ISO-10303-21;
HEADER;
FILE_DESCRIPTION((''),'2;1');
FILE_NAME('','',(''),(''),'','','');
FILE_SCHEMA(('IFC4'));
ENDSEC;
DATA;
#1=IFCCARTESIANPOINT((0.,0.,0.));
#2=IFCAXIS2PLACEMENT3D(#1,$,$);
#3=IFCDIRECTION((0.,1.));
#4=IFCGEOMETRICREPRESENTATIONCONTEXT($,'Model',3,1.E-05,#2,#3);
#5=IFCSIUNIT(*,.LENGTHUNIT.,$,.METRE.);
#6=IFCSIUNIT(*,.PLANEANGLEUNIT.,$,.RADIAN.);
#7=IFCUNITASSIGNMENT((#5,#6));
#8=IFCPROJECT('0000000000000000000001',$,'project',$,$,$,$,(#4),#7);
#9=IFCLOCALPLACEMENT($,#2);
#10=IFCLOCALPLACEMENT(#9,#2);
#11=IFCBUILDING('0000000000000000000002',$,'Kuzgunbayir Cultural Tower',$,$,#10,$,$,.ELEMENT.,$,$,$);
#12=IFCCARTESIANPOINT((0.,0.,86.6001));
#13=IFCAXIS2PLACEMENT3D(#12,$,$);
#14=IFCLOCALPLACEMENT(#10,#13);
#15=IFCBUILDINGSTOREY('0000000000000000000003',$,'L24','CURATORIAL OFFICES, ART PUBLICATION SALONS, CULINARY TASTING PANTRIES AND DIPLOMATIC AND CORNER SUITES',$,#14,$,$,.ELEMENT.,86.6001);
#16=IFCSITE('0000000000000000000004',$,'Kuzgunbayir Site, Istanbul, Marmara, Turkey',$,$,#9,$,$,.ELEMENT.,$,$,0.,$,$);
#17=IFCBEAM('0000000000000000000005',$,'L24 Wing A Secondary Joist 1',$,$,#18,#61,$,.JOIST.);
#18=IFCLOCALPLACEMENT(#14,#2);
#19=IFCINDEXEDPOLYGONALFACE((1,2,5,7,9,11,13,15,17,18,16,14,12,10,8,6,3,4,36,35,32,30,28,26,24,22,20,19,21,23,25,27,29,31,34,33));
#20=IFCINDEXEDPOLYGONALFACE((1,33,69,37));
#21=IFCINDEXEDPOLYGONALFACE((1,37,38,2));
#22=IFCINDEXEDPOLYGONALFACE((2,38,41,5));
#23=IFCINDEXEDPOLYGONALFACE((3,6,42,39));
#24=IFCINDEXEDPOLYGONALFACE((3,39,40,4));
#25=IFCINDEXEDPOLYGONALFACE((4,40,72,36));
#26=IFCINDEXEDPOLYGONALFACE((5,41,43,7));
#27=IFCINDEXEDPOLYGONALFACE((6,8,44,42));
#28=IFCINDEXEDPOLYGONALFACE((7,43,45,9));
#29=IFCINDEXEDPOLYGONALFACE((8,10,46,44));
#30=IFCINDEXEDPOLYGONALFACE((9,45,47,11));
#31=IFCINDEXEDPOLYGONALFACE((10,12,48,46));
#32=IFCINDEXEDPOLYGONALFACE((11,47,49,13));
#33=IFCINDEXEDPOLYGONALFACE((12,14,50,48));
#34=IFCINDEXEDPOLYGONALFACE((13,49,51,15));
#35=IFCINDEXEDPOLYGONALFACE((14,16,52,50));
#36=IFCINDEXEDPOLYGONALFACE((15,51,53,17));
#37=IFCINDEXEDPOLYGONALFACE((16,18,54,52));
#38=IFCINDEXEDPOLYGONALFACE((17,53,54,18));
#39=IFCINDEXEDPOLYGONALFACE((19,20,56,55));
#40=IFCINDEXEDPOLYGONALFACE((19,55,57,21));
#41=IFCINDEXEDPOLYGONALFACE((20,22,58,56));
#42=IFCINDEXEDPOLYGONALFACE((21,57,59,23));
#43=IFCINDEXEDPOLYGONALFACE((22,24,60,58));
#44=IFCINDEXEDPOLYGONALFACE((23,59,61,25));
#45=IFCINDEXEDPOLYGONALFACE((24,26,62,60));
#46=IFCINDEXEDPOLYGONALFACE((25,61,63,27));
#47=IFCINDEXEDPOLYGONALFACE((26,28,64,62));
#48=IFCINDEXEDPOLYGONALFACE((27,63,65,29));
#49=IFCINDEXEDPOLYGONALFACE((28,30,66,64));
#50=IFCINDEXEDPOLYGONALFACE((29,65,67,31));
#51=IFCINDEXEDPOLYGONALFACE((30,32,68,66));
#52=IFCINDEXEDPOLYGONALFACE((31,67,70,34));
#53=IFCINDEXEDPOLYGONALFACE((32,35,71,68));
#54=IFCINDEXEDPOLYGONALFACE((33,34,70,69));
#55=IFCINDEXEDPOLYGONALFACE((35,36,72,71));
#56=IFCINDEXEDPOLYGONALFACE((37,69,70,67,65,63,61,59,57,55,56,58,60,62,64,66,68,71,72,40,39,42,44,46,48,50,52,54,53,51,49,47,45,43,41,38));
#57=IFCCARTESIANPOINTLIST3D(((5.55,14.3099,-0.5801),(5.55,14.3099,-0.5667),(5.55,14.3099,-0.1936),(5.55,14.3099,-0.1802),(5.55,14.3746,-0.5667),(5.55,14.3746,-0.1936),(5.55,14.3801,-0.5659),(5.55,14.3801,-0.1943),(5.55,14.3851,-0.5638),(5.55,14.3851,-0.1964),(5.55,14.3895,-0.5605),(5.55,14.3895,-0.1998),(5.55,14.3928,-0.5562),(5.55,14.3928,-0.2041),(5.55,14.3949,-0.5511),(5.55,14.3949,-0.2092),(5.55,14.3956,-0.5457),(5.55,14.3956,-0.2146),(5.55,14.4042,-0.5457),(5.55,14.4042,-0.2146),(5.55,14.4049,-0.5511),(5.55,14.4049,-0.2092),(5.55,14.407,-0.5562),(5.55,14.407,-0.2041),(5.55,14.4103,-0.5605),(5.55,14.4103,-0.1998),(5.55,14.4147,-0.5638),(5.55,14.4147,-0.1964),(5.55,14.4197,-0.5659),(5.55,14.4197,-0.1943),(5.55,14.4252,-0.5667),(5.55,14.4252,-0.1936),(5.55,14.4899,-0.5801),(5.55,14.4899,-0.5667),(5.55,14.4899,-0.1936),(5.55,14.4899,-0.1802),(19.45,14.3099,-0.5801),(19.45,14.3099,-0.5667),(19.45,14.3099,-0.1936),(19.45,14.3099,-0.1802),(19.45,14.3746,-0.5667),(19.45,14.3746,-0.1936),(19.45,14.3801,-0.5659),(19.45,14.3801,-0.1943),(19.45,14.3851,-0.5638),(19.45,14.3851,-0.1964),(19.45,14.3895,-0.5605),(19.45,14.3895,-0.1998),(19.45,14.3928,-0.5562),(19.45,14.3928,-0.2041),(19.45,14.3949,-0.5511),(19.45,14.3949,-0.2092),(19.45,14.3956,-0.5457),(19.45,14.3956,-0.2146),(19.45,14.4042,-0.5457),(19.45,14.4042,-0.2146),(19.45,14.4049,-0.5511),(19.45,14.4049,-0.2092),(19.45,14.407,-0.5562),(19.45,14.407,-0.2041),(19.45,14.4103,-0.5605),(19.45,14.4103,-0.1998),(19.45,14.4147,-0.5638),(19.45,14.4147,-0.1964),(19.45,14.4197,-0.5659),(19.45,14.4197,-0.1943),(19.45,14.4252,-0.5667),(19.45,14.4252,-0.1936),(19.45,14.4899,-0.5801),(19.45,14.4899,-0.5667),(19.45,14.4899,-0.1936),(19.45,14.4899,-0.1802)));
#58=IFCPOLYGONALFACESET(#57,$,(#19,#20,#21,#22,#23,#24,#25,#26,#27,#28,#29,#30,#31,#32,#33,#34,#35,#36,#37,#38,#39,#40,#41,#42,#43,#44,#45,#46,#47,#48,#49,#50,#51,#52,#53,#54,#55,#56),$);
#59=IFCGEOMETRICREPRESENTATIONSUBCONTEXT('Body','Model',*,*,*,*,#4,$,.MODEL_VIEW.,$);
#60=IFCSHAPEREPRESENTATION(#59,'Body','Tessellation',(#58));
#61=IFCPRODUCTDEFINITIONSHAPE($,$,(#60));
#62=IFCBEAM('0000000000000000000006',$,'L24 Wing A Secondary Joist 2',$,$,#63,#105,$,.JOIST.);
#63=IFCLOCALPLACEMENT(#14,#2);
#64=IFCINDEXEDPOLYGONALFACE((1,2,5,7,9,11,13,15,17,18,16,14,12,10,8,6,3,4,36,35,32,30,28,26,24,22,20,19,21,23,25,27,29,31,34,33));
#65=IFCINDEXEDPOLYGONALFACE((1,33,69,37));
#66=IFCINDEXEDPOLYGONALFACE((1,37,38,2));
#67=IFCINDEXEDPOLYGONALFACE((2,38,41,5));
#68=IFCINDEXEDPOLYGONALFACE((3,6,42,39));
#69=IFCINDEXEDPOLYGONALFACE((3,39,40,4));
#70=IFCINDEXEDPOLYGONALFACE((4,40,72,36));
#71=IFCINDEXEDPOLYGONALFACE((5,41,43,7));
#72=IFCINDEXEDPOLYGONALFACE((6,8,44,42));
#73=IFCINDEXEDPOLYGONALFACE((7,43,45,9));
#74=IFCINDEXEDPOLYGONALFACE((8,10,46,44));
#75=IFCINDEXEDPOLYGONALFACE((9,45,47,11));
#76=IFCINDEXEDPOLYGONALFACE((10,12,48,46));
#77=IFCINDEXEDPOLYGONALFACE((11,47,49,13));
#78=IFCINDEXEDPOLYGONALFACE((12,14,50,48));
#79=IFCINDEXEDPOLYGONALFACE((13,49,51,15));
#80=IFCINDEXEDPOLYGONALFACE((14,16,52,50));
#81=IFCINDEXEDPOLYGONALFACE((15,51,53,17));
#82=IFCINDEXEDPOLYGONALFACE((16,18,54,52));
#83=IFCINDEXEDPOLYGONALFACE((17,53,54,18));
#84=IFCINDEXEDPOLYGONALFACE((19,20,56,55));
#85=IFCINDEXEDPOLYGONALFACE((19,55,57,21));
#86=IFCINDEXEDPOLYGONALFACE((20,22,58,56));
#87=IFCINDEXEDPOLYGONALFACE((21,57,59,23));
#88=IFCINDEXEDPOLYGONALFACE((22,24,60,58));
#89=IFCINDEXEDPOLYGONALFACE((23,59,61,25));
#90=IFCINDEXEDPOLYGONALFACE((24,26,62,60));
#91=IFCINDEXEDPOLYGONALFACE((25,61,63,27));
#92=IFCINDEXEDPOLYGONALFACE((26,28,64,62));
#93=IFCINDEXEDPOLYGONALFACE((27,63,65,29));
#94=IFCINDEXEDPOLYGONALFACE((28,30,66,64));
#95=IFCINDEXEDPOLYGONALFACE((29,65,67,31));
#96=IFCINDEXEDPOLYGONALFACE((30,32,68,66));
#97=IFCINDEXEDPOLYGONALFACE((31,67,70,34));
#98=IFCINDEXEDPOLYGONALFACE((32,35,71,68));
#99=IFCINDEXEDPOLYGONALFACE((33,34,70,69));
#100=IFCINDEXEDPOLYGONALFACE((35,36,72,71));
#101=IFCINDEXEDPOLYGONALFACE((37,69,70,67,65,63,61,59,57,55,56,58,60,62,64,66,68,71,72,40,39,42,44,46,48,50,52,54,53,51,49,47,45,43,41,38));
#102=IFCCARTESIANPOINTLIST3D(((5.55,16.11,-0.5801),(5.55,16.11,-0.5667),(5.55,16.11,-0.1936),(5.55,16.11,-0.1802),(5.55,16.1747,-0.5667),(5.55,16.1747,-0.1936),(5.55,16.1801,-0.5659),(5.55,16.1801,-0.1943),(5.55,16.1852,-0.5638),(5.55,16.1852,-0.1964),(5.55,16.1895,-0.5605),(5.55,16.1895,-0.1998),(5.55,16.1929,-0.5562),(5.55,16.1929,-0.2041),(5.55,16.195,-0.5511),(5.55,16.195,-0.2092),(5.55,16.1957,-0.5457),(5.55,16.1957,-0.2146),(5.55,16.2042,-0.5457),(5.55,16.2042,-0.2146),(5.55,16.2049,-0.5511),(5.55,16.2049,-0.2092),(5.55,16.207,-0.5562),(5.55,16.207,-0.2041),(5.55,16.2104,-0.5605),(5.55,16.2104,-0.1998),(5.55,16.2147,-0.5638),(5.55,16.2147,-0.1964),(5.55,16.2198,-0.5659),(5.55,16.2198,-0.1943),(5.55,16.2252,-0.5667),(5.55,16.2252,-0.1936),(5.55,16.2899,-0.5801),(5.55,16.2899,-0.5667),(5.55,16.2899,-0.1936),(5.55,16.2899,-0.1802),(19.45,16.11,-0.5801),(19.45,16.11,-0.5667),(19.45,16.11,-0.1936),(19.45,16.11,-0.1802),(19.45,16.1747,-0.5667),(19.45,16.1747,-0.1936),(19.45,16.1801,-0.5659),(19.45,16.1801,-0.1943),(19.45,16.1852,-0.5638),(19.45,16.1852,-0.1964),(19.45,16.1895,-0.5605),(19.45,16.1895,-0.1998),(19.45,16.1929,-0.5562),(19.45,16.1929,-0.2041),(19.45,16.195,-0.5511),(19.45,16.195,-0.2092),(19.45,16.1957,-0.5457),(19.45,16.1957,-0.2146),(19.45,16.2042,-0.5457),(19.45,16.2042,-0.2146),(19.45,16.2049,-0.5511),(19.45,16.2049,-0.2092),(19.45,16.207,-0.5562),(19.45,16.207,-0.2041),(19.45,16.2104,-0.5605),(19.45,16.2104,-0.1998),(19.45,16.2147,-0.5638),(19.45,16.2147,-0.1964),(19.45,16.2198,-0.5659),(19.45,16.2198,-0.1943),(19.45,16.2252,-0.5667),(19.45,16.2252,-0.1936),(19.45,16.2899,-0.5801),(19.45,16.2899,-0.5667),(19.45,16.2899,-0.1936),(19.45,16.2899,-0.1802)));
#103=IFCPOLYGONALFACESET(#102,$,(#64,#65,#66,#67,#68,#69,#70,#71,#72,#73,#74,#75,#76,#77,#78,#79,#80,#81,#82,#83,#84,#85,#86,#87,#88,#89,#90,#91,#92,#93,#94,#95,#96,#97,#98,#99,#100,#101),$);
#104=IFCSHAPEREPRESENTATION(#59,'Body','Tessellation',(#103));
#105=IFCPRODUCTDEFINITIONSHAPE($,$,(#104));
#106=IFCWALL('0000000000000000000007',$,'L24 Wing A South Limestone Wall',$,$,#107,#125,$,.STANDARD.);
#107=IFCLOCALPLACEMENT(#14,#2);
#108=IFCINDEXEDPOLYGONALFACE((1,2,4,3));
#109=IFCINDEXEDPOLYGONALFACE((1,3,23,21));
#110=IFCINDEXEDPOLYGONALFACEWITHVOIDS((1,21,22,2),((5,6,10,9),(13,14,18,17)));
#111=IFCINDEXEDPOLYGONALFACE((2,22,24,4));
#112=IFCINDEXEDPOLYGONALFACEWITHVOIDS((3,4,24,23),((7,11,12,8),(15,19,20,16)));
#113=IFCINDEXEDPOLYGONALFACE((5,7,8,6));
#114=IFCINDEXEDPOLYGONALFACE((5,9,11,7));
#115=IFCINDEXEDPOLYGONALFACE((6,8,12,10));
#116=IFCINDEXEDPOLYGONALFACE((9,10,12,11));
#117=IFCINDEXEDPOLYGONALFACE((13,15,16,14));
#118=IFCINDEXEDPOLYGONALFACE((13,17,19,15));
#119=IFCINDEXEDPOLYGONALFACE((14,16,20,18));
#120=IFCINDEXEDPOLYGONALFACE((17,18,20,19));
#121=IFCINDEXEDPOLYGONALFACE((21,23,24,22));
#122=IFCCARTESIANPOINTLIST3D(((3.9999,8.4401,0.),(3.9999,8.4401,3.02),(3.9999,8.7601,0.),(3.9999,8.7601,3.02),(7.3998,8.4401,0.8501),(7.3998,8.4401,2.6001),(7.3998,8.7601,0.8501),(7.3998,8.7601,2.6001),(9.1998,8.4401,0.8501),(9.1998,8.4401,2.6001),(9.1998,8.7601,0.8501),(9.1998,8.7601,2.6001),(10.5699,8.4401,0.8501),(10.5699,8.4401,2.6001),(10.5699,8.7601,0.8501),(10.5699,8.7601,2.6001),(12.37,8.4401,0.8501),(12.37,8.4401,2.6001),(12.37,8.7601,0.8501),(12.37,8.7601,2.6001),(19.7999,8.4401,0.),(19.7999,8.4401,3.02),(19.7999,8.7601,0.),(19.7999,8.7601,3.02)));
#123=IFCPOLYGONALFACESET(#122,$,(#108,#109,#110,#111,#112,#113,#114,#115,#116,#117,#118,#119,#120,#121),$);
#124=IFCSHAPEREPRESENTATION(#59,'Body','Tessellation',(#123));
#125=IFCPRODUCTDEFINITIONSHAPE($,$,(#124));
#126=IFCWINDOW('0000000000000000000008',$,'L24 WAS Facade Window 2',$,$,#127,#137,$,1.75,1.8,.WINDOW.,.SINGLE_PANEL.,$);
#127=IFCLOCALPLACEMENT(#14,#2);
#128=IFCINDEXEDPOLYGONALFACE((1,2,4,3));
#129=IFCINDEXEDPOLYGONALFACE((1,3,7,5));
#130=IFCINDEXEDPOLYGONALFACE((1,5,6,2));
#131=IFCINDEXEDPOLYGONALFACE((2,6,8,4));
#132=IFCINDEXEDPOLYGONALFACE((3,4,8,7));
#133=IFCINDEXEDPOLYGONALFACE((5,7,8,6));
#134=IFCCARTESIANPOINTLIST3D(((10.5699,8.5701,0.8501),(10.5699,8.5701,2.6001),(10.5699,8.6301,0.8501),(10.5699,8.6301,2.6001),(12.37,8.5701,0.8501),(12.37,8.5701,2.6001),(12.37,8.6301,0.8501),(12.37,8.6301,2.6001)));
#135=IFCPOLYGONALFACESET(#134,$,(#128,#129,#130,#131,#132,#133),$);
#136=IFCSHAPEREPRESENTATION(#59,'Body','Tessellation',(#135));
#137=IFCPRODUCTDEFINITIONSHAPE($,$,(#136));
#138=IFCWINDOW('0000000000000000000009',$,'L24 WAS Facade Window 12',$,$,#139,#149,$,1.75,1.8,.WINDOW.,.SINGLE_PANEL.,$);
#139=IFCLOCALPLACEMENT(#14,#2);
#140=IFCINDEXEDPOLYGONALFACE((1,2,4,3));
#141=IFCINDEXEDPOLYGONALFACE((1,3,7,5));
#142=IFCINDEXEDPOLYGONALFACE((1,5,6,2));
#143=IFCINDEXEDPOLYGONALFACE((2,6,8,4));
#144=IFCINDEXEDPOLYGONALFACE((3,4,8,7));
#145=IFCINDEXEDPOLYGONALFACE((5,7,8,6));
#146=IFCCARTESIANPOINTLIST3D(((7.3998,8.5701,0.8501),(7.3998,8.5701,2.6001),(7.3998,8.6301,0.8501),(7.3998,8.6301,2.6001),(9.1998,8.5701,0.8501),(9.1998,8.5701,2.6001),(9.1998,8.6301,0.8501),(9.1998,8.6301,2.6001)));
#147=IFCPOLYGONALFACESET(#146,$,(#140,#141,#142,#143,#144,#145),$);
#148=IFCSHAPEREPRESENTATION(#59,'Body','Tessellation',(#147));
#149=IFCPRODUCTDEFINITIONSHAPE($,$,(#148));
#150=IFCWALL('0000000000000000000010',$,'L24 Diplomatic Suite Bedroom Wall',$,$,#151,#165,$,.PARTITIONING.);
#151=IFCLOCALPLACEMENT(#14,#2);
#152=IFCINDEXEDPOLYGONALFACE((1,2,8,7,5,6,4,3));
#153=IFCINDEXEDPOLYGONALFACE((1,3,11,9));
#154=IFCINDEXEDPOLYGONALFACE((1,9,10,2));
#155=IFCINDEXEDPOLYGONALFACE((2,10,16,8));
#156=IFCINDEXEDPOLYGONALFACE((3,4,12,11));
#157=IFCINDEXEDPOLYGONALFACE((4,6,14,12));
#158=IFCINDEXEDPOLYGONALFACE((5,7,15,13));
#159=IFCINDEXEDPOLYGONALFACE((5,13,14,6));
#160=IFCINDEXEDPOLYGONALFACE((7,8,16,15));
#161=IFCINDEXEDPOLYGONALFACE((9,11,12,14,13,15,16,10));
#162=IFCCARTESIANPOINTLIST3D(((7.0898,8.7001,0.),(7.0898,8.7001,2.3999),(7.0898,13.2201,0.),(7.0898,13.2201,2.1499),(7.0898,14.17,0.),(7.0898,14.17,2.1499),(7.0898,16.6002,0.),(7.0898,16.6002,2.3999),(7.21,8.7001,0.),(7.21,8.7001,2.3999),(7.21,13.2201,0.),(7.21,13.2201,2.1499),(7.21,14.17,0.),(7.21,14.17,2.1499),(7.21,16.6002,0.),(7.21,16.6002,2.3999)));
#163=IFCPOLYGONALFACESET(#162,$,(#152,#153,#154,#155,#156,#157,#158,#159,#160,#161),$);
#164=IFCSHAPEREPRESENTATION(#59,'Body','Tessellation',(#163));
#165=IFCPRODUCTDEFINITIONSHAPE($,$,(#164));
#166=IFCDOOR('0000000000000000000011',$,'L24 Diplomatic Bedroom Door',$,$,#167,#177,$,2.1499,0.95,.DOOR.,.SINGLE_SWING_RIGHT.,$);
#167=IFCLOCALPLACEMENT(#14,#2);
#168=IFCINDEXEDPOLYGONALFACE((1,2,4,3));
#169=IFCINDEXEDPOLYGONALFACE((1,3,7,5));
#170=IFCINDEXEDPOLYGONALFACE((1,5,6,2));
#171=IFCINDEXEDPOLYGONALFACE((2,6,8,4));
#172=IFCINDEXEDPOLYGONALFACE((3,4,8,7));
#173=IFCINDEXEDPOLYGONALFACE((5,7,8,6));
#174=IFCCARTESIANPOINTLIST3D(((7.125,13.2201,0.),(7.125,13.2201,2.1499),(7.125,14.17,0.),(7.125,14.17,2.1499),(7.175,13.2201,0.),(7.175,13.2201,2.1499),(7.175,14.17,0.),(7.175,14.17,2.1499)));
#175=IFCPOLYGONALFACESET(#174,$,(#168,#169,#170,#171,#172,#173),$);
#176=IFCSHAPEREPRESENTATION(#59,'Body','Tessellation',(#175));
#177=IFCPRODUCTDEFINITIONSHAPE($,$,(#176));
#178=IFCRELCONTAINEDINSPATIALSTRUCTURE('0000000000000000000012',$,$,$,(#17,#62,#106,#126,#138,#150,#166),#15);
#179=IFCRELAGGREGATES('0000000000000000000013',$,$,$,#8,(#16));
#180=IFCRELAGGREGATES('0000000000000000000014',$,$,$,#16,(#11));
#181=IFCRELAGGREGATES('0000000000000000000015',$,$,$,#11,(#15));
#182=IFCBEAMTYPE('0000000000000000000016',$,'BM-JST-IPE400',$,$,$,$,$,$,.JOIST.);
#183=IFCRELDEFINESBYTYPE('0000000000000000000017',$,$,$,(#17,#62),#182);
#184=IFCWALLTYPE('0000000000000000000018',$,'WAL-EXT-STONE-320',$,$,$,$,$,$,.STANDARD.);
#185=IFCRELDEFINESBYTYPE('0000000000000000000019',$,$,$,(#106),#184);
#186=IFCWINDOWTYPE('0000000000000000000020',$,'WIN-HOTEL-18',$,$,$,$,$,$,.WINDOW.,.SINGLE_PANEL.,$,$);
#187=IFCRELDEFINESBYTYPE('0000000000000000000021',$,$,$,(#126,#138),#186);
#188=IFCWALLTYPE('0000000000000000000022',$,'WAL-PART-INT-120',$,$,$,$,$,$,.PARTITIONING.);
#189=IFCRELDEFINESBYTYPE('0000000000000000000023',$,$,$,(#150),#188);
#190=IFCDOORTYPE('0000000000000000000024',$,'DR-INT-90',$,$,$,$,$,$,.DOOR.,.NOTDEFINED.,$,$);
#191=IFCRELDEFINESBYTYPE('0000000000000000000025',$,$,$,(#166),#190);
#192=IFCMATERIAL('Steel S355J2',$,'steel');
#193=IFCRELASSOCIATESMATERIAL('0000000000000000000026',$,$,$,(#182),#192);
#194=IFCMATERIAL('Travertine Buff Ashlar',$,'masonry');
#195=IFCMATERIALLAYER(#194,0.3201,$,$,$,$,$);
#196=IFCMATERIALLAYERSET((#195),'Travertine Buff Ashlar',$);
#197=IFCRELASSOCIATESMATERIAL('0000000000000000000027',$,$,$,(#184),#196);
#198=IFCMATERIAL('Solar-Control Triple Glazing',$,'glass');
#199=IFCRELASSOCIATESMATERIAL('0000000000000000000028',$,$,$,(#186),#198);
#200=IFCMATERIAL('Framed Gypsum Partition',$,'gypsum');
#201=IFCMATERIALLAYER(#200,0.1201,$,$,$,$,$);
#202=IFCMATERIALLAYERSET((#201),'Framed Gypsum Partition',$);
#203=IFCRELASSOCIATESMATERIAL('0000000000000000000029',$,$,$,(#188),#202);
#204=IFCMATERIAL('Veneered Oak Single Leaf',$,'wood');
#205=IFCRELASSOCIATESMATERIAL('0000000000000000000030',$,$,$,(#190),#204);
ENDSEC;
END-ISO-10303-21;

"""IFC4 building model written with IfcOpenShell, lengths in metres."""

from ifc_helpers import new_model, si_unit, direction, frame, frame_2d, origin, origin_2d, place, context, subcontext, project, spatial, rectangle, i_section, extrude, material, layer, layer_set, material_profile, profile_set, type_object, element, fill, save


model = new_model("IFC4")

# Units and contexts
model_context = context("Model", 3, precision=1e-05, world=origin(), true_north=direction((0.0, 1.0)))
body_context = subcontext(model_context, "Body", "Model", "MODEL_VIEW")
ifc_project = project(units=[si_unit("LENGTHUNIT", "METRE"), si_unit("PLANEANGLEUNIT", "RADIAN")], contexts=[model_context])

# Site, building, storey
site_placement = place(None, origin())
site = spatial("IfcSite", under=ifc_project, at=site_placement, Name="Kuzgunbayir Site, Istanbul, Marmara, Turkey", CompositionType="ELEMENT", RefElevation=0.0)
building_placement = place(site_placement, origin())
building = spatial("IfcBuilding", under=site, at=building_placement, Name="Kuzgunbayir Cultural Tower", CompositionType="ELEMENT")
storey_placement = place(building_placement, frame((0.0, 0.0, 86.6001)))
storey = spatial("IfcBuildingStorey", under=building, at=storey_placement, Name="L24", Description="CURATORIAL OFFICES, ART PUBLICATION SALONS, CULINARY TASTING PANTRIES AND DIPLOMATIC AND CORNER SUITES", CompositionType="ELEMENT", Elevation=86.6001)

# Beams
ifc_material_1 = material(Name="Steel S355J2", Category="steel")
ifc_material_profile_1 = material_profile(ifc_material_1, i_section(OverallWidth=0.1799, OverallDepth=0.3999, WebThickness=0.0085, FlangeThickness=0.0134, FilletRadius=0.021, at=origin_2d()), Name="IPE 400")
ifc_profile_set_1 = profile_set([ifc_material_profile_1], Name="Steel S355J2")
beam_type_1 = type_object("IfcBeamType", Name="BM-JST-IPE400", PredefinedType="JOIST", material=ifc_profile_set_1)
for number, where, z_axis, x_axis, name in (
    (1, (5.55, 14.3999, -0.3801), (1.0, 0.0, 0.0), (0.0, 1.0, 0.0), "L24 Wing A Secondary Joist 1"),
    (2, (5.55, 16.2, -0.3801), (1.0, 0.0, 0.0), (0.0, 1.0, 0.0), "L24 Wing A Secondary Joist 2"),
):
    element("IfcBeam", number, at=place(storey_placement, frame(where, z_axis=z_axis, x_axis=x_axis)), inside=storey, type_object=beam_type_1, Name=name, PredefinedType="JOIST", context=body_context, shape_type="SweptSolid", body=[
        extrude(i_section(OverallWidth=0.1799, OverallDepth=0.3999, WebThickness=0.0085, FlangeThickness=0.0134, FilletRadius=0.021, at=origin_2d()), origin(), (0.0, 0.0, 1.0), 13.8999),
    ])

# Wall, openings, windows
ifc_material_2 = material(Name="Travertine Buff Ashlar", Category="masonry")
ifc_layer_1 = layer(ifc_material_2, 0.3201)
ifc_layer_set_1 = layer_set([ifc_layer_1], Name="Travertine Buff Ashlar")
wall_type_1 = type_object("IfcWallType", Name="WAL-EXT-STONE-320", PredefinedType="STANDARD", material=ifc_layer_set_1)
wall_1_placement = place(storey_placement, frame((4.0, 8.6001, 0.0), z_axis=(0.0, 0.0, 1.0), x_axis=(1.0, 0.0, 0.0)))
wall_1 = element("IfcWall", 3, at=wall_1_placement, inside=storey, type_object=wall_type_1, Name="L24 Wing A South Limestone Wall", PredefinedType="STANDARD", context=body_context, shape_type="SweptSolid", body=[
    extrude(rectangle(XDim=15.8, YDim=0.3201, at=frame_2d((7.8999, 0.0))), origin(), (0.0, 0.0, 1.0), 3.02),
])
opening_1_placement = place(wall_1_placement, frame((6.5701, 0.0, 0.8501)))
opening_1 = element("IfcOpeningElement", 4, at=opening_1_placement, cuts=wall_1, PredefinedType="OPENING", context=body_context, shape_type="SweptSolid", body=[
    extrude(rectangle(XDim=1.8, YDim=1.75, at=frame_2d((0.8999, 0.875))), frame((0.0, 0.1699, 0.0), z_axis=(0.0, -1.0, 0.0), x_axis=(1.0, 0.0, 0.0)), (0.0, 0.0, 1.0), 0.3401),
])
opening_2_placement = place(wall_1_placement, frame((3.3999, 0.0, 0.8501)))
opening_2 = element("IfcOpeningElement", 5, at=opening_2_placement, cuts=wall_1, PredefinedType="OPENING", context=body_context, shape_type="SweptSolid", body=[
    extrude(rectangle(XDim=1.8, YDim=1.75, at=frame_2d((0.8999, 0.875))), frame((0.0, 0.1699, 0.0), z_axis=(0.0, -1.0, 0.0), x_axis=(1.0, 0.0, 0.0)), (0.0, 0.0, 1.0), 0.3401),
])
ifc_material_3 = material(Name="Solar-Control Triple Glazing", Category="glass")
window_type = type_object("IfcWindowType", Name="WIN-HOTEL-18", PartitioningType="SINGLE_PANEL", PredefinedType="WINDOW", material=ifc_material_3)
window_1_placement = place(opening_1_placement, origin())
window_1 = element("IfcWindow", 6, at=window_1_placement, inside=storey, type_object=window_type, Name="L24 WAS Facade Window 2", OverallHeight=1.75, OverallWidth=1.8, PartitioningType="SINGLE_PANEL", PredefinedType="WINDOW", context=body_context, shape_type="SweptSolid", body=[
    extrude(rectangle(XDim=1.8, YDim=1.75, at=frame_2d((0.8999, 0.875))), frame((0.0, 0.03, 0.0), z_axis=(0.0, -1.0, 0.0), x_axis=(1.0, 0.0, 0.0)), (0.0, 0.0, 1.0), 0.0601),
])
fill(opening_1, window_1)
window_2_placement = place(opening_2_placement, origin())
window_2 = element("IfcWindow", 7, at=window_2_placement, inside=storey, type_object=window_type, Name="L24 WAS Facade Window 12", OverallHeight=1.75, OverallWidth=1.8, PartitioningType="SINGLE_PANEL", PredefinedType="WINDOW", context=body_context, shape_type="SweptSolid", body=[
    extrude(rectangle(XDim=1.8, YDim=1.75, at=frame_2d((0.8999, 0.875))), frame((0.0, 0.03, 0.0), z_axis=(0.0, -1.0, 0.0), x_axis=(1.0, 0.0, 0.0)), (0.0, 0.0, 1.0), 0.0601),
])
fill(opening_2, window_2)

# Wall, opening, door
ifc_material_4 = material(Name="Framed Gypsum Partition", Category="gypsum")
ifc_layer_2 = layer(ifc_material_4, 0.1201)
ifc_layer_set_2 = layer_set([ifc_layer_2], Name="Framed Gypsum Partition")
wall_type_2 = type_object("IfcWallType", Name="WAL-PART-INT-120", PredefinedType="PARTITIONING", material=ifc_layer_set_2)
wall_2_placement = place(storey_placement, frame((7.1499, 8.7, 0.0), z_axis=(0.0, 0.0, 1.0), x_axis=(0.0, 1.0, 0.0)))
wall_2 = element("IfcWall", 8, at=wall_2_placement, inside=storey, type_object=wall_type_2, Name="L24 Diplomatic Suite Bedroom Wall", PredefinedType="PARTITIONING", context=body_context, shape_type="SweptSolid", body=[
    extrude(rectangle(XDim=7.9001, YDim=0.1201, at=frame_2d((3.9502, 0.0))), origin(), (0.0, 0.0, 1.0), 2.3999),
])
opening_3_placement = place(wall_2_placement, frame((4.52, 0.0, 0.0)))
opening_3 = element("IfcOpeningElement", 9, at=opening_3_placement, cuts=wall_2, PredefinedType="OPENING", context=body_context, shape_type="SweptSolid", body=[
    extrude(rectangle(XDim=0.95, YDim=2.1499, at=frame_2d((0.4751, 1.075))), frame((0.0, 0.0701, 0.0), z_axis=(0.0, -1.0, 0.0), x_axis=(1.0, 0.0, 0.0)), (0.0, 0.0, 1.0), 0.1401),
])
ifc_material_5 = material(Name="Veneered Oak Single Leaf", Category="wood")
door_type = type_object("IfcDoorType", Name="DR-INT-90", OperationType="NOTDEFINED", PredefinedType="DOOR", material=ifc_material_5)
door_placement = place(opening_3_placement, origin())
door = element("IfcDoor", 10, at=door_placement, inside=storey, type_object=door_type, Name="L24 Diplomatic Bedroom Door", OperationType="SINGLE_SWING_RIGHT", OverallHeight=2.1499, OverallWidth=0.95, PredefinedType="DOOR", context=body_context, shape_type="SweptSolid", body=[
    extrude(rectangle(XDim=0.95, YDim=2.1499, at=frame_2d((0.4751, 1.075))), frame((0.0, 0.0249, 0.0), z_axis=(0.0, -1.0, 0.0), x_axis=(1.0, 0.0, 0.0)), (0.0, 0.0, 1.0), 0.05),
])
fill(opening_3, door)

save(model, "model.ifc")
